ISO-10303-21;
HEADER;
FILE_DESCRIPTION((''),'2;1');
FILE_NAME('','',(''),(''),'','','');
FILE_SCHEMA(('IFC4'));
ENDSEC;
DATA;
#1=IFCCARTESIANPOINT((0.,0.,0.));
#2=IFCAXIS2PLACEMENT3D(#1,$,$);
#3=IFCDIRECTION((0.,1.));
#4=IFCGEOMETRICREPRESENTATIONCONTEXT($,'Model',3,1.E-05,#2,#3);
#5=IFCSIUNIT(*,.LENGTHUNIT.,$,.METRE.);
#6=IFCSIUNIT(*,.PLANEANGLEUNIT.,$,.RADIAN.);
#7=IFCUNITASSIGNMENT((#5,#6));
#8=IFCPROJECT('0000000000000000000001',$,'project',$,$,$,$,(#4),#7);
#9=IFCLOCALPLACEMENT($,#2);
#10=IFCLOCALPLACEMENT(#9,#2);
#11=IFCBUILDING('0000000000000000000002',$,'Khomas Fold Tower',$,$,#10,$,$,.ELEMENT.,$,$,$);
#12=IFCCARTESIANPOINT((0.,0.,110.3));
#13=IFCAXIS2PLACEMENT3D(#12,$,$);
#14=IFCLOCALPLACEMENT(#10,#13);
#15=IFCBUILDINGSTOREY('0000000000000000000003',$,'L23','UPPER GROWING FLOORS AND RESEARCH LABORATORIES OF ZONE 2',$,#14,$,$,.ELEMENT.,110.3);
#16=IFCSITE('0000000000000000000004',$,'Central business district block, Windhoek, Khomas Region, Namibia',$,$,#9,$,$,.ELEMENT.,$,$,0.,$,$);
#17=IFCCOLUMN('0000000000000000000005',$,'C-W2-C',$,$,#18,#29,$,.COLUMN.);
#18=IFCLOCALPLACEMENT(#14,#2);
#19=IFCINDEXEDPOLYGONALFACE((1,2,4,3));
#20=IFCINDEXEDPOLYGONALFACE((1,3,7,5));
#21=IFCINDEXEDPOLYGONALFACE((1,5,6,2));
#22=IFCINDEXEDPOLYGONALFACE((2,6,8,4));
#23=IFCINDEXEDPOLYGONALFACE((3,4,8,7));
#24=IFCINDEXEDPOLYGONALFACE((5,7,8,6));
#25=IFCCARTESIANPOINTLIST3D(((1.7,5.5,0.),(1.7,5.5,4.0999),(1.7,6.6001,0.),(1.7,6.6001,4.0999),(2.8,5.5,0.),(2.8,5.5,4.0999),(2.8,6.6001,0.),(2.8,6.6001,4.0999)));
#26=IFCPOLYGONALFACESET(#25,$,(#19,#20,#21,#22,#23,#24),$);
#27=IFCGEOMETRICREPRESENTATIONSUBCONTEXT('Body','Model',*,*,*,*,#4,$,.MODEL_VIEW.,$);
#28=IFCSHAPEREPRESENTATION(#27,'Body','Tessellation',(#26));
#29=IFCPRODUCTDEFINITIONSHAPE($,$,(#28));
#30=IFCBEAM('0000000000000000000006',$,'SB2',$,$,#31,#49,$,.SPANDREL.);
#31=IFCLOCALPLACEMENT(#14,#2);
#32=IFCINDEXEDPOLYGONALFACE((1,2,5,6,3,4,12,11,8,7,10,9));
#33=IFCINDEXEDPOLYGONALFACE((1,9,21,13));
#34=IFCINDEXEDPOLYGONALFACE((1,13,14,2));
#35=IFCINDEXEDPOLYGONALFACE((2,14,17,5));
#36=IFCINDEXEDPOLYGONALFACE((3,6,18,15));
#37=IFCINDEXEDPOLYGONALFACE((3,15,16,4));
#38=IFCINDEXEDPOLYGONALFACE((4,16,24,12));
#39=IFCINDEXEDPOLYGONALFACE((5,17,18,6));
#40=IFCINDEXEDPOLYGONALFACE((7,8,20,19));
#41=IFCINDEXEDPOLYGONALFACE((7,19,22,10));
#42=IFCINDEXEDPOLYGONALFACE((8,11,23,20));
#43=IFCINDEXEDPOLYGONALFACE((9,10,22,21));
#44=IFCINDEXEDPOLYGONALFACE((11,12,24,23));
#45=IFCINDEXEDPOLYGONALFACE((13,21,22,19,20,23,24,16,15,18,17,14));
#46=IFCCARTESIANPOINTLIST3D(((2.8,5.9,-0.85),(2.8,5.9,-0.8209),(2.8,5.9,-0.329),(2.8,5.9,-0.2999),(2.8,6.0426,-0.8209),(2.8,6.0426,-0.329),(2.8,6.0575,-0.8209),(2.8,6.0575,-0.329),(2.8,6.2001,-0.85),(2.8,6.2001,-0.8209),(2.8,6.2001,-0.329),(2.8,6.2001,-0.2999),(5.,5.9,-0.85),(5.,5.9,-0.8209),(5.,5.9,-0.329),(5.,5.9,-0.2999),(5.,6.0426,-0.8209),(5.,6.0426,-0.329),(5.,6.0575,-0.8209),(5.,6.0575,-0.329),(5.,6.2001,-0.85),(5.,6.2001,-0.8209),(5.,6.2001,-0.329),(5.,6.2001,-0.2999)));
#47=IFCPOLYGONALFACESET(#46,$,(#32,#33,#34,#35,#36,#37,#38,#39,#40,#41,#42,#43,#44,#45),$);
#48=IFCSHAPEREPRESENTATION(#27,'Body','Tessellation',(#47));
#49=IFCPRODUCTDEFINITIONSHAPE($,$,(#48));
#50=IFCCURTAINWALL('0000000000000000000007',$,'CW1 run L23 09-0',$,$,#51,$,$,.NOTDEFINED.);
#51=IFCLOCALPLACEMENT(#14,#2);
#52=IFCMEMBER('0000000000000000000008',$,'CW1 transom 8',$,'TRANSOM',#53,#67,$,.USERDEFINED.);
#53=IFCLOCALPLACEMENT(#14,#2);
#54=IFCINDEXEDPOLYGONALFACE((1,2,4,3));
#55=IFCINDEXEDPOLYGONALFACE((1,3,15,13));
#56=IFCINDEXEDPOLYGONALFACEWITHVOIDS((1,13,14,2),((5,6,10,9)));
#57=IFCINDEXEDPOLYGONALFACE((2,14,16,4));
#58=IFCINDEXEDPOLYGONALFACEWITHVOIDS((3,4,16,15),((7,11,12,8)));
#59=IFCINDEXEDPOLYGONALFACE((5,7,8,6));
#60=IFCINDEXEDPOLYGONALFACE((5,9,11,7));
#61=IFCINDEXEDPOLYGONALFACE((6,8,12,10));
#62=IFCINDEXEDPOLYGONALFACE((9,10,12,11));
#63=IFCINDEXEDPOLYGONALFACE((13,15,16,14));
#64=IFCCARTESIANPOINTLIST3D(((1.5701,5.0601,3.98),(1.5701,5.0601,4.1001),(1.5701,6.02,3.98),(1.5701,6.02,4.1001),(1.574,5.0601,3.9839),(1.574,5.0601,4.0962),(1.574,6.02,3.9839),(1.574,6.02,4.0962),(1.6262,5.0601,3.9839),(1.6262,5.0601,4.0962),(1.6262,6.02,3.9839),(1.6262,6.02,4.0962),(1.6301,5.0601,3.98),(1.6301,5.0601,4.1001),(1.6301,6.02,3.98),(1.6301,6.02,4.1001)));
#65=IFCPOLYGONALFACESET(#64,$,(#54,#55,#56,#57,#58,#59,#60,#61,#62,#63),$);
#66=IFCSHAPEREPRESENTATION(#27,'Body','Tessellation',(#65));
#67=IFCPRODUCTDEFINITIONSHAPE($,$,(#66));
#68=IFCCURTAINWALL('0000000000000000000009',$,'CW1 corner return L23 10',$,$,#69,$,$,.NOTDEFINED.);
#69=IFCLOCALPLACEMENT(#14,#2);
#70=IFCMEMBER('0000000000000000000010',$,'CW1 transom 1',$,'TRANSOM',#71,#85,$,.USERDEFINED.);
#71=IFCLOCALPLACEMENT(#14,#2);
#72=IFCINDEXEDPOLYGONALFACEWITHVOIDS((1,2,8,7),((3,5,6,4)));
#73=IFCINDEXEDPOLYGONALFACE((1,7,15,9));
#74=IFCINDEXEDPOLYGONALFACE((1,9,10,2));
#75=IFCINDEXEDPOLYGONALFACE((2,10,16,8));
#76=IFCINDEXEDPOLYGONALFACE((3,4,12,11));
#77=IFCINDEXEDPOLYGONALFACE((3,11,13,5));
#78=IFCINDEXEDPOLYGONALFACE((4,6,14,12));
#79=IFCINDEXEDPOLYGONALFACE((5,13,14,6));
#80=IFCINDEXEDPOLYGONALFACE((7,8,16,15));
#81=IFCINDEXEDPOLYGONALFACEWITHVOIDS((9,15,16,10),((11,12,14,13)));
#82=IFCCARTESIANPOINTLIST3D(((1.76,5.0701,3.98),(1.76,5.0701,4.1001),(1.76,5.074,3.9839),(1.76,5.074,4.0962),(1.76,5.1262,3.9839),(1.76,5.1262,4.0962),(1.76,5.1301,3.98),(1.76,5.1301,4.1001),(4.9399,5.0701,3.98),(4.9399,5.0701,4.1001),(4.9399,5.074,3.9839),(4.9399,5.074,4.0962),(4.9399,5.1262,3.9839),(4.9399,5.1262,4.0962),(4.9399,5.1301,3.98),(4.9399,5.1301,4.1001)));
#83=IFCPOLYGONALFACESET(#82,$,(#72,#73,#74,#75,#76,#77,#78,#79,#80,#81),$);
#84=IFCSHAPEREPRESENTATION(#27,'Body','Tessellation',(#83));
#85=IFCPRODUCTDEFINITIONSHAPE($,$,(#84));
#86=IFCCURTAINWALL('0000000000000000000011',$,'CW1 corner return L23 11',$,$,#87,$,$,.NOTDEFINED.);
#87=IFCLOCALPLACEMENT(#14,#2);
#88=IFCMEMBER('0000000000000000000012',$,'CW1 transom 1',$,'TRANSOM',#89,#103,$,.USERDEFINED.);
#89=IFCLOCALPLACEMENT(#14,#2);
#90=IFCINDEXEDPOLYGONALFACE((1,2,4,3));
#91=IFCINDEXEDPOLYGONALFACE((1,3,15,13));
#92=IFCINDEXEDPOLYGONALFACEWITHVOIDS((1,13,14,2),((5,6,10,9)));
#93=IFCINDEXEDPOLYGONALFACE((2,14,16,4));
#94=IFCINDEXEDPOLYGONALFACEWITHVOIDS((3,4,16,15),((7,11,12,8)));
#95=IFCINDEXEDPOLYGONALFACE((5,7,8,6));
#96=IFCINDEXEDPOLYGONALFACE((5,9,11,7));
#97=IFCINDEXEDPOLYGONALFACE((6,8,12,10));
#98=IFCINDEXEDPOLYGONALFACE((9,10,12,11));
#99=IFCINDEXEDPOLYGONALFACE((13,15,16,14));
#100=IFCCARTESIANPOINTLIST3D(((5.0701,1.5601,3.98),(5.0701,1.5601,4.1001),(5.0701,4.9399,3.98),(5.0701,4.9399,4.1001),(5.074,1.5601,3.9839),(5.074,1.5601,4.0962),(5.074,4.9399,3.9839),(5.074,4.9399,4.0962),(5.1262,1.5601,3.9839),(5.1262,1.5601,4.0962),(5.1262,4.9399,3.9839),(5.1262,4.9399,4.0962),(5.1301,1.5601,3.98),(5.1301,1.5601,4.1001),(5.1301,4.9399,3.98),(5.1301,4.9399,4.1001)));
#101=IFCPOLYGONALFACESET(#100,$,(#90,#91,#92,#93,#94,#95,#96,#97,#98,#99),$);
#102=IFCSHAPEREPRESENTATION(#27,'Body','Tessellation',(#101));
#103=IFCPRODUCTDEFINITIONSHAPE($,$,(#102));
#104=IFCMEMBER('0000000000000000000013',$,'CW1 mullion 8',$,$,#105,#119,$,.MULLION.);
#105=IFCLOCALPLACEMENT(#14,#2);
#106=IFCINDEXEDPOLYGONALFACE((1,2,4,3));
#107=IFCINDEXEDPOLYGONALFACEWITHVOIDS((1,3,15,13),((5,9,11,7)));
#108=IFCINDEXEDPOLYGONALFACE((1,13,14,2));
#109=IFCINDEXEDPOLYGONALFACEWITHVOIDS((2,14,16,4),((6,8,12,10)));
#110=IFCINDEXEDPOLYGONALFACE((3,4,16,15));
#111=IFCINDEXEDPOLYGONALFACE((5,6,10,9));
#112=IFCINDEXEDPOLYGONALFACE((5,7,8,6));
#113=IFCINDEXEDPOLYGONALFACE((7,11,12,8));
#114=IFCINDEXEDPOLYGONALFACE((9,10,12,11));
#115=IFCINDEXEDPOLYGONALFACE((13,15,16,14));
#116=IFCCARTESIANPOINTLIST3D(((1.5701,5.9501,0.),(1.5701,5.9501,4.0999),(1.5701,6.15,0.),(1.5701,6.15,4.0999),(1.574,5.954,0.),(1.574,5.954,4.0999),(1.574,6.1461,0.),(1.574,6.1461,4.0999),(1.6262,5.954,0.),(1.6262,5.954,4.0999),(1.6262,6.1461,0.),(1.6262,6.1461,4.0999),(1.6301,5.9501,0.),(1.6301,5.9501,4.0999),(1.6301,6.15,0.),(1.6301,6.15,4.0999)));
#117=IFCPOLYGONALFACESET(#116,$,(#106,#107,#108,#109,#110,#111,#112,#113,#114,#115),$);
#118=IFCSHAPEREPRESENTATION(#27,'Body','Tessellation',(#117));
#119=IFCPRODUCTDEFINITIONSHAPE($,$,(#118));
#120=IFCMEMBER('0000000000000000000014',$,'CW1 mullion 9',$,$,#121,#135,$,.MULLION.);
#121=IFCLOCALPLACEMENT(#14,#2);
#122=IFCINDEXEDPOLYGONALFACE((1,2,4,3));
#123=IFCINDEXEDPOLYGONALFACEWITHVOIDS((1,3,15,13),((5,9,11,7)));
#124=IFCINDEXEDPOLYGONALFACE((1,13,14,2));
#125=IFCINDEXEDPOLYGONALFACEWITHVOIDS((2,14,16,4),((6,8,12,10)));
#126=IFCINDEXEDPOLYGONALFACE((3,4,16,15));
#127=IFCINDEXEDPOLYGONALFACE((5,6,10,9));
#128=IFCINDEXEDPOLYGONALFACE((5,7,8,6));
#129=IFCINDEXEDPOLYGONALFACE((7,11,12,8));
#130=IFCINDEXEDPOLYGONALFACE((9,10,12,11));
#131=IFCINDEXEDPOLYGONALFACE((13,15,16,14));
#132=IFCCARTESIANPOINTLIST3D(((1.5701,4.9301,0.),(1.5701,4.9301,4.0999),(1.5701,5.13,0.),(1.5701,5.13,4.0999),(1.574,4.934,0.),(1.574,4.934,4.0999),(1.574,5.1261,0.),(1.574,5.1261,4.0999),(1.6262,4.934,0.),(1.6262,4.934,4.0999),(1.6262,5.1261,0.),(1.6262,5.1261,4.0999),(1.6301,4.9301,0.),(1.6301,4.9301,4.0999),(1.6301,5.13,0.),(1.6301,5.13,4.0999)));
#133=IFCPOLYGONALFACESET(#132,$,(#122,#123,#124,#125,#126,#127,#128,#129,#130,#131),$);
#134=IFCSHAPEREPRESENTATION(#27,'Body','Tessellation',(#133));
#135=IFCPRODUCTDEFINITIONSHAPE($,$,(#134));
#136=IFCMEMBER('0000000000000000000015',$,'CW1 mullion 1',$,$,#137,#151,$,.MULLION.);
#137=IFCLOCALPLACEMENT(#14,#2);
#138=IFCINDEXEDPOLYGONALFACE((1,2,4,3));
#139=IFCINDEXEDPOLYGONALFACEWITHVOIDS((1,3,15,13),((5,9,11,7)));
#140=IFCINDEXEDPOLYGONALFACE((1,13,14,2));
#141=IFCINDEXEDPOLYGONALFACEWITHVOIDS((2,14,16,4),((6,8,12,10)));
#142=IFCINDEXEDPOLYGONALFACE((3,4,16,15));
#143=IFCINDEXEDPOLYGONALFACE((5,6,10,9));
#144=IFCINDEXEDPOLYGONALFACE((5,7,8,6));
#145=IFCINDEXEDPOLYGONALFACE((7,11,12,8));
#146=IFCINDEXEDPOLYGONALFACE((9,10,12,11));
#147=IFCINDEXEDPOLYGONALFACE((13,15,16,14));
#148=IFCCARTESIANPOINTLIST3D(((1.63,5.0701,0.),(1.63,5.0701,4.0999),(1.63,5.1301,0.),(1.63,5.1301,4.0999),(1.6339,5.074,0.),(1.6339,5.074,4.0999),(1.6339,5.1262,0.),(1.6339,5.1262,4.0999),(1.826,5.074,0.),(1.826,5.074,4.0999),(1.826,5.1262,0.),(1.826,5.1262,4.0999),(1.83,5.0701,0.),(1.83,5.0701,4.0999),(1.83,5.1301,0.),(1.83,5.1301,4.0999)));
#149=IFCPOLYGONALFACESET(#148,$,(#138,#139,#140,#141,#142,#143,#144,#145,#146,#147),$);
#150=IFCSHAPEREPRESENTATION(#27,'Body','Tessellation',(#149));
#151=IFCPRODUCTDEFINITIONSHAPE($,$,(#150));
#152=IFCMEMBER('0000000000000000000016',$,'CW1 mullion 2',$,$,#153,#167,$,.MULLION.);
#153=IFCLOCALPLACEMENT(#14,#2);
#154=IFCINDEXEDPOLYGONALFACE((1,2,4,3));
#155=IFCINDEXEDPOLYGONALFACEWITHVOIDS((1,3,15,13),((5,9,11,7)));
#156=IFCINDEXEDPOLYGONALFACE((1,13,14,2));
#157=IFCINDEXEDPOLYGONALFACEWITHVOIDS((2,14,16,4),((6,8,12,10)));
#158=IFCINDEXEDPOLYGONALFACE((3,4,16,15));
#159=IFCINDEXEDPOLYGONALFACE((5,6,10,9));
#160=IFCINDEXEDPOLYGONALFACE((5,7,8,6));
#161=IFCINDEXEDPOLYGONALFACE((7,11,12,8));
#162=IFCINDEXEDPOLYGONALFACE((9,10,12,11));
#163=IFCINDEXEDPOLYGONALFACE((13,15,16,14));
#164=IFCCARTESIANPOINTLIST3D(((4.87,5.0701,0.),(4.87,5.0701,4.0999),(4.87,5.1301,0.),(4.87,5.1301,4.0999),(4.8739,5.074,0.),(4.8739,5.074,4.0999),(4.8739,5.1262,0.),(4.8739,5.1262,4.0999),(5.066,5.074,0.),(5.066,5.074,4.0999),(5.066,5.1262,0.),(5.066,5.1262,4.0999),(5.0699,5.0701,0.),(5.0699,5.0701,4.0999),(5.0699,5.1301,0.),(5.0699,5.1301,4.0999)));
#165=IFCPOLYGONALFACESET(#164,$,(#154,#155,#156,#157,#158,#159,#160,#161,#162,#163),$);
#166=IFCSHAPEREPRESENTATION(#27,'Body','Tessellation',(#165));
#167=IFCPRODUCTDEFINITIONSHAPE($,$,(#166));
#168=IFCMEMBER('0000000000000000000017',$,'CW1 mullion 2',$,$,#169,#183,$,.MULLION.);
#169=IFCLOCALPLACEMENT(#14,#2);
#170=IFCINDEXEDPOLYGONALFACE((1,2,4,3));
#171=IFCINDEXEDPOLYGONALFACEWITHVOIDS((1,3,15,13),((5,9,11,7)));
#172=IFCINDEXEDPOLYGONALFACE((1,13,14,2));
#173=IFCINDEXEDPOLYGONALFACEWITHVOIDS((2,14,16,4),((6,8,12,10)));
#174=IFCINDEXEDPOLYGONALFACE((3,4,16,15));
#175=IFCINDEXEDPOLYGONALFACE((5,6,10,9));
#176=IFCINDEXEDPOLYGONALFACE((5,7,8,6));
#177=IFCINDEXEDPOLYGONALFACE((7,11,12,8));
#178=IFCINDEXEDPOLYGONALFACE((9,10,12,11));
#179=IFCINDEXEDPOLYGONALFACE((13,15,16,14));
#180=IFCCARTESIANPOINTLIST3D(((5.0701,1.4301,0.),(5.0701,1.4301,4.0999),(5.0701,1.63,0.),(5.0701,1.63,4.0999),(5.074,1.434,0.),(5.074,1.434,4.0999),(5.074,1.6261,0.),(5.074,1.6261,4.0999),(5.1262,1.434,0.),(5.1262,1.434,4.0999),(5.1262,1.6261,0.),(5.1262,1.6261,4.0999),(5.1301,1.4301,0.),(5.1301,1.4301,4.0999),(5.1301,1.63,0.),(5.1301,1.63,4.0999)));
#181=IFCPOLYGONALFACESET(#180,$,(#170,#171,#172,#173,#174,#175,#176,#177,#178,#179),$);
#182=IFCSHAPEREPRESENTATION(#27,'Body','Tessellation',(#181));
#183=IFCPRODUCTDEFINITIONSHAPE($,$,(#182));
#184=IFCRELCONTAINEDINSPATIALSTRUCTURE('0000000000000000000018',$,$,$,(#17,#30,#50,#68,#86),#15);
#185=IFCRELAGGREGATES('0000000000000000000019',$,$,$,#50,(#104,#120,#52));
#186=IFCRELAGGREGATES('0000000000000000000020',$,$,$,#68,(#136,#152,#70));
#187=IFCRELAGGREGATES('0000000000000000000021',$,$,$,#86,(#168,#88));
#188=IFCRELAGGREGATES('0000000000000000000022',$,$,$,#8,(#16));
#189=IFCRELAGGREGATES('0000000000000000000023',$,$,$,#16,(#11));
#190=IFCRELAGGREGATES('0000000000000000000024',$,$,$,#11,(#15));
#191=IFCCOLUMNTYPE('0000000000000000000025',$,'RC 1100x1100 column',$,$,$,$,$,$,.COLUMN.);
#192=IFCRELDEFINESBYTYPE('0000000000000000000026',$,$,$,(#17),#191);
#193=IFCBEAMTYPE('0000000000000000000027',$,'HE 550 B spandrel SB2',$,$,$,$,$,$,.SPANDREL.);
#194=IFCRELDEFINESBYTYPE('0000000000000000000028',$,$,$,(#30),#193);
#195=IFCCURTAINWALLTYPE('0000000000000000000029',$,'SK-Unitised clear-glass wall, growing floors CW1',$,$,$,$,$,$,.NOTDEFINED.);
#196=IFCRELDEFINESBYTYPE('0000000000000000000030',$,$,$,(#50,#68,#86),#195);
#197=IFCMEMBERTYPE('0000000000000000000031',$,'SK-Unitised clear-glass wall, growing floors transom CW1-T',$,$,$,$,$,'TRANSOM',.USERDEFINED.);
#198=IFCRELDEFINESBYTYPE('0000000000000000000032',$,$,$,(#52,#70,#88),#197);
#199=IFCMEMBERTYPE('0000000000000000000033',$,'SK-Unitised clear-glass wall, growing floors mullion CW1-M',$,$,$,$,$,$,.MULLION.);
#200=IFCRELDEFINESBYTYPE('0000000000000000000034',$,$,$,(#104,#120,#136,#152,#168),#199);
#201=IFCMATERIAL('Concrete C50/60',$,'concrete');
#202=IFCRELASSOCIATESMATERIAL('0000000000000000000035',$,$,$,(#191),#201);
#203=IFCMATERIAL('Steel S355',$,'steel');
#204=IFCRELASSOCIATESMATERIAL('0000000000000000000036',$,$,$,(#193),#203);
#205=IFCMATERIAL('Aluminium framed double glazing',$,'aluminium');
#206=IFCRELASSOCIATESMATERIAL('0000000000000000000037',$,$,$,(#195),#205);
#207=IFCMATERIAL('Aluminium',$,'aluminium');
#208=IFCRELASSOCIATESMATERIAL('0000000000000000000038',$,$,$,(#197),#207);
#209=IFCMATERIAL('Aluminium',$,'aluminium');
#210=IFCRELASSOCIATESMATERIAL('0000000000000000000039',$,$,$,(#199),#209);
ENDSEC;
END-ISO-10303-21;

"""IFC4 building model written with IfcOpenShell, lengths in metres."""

from ifc_helpers import new_model, si_unit, direction, frame, origin, origin_2d, place, context, subcontext, project, spatial, rectangle, hollow_rectangle, i_section, extrude, source, transform, mapped, material, material_profile, profile_set, type_object, element, aggregate, save


model = new_model("IFC4")

# Units and contexts
model_context = context("Model", 3, precision=1e-05, world=origin(), true_north=direction((0.0, 1.0)))
body_context = subcontext(model_context, "Body", "Model", "MODEL_VIEW")
ifc_project = project(units=[si_unit("LENGTHUNIT", "METRE"), si_unit("PLANEANGLEUNIT", "RADIAN")], contexts=[model_context])

# Site, building, storey
site_placement = place(None, origin())
site = spatial("IfcSite", under=ifc_project, at=site_placement, Name="Central business district block, Windhoek, Khomas Region, Namibia", CompositionType="ELEMENT", RefElevation=0.0)
building_placement = place(site_placement, origin())
building = spatial("IfcBuilding", under=site, at=building_placement, Name="Khomas Fold Tower", CompositionType="ELEMENT")
storey_placement = place(building_placement, frame((0.0, 0.0, 110.3)))
storey = spatial("IfcBuildingStorey", under=building, at=storey_placement, Name="L23", Description="UPPER GROWING FLOORS AND RESEARCH LABORATORIES OF ZONE 2", CompositionType="ELEMENT", Elevation=110.3)

# Column
ifc_material_1 = material(Name="Concrete C50/60", Category="concrete")
ifc_material_profile_1 = material_profile(ifc_material_1, rectangle(XDim=1.1001, YDim=1.1001, at=origin_2d()), Name="RC 1100x1100")
ifc_profile_set_1 = profile_set([ifc_material_profile_1], Name="Concrete C50/60")
column_type = type_object("IfcColumnType", Name="RC 1100x1100 column", PredefinedType="COLUMN", material=ifc_profile_set_1)
shared_shape_1 = source(origin(), body_context, "Body", "SweptSolid", [
    extrude(rectangle(XDim=1.1001, YDim=1.1001, at=origin_2d()), origin(), (0.0, 0.0, 1.0), 4.0999),
])
column_placement = place(storey_placement, frame((2.25, 6.05, 0.0), z_axis=(0.0, 0.0, 1.0), x_axis=(1.0, 0.0, 0.0)))
element("IfcColumn", 1, at=column_placement, inside=storey, type_object=column_type, Name="C-W2-C", PredefinedType="COLUMN", context=body_context, shape_type="MappedRepresentation", body=[
    mapped(shared_shape_1, transform((0.0, 0.0, 0.0))),
])

# Beam
ifc_material_2 = material(Name="Steel S355", Category="steel")
ifc_material_profile_2 = material_profile(ifc_material_2, i_section(OverallWidth=0.3, OverallDepth=0.55, WebThickness=0.0149, FlangeThickness=0.0291, at=origin_2d()), Name="HE 550 B")
ifc_profile_set_2 = profile_set([ifc_material_profile_2], Name="Steel S355")
beam_type = type_object("IfcBeamType", Name="HE 550 B spandrel SB2", PredefinedType="SPANDREL", material=ifc_profile_set_2)
shared_shape_2 = source(origin(), body_context, "Body", "SweptSolid", [
    extrude(i_section(OverallWidth=0.3, OverallDepth=0.55, WebThickness=0.0149, FlangeThickness=0.0291, at=origin_2d()), origin(), (0.0, 0.0, 1.0), 2.2),
])
beam_placement = place(storey_placement, frame((2.8, 6.05, -0.575), z_axis=(1.0, 0.0, 0.0), x_axis=(0.0, 1.0, 0.0)))
element("IfcBeam", 2, at=beam_placement, inside=storey, type_object=beam_type, Name="SB2", PredefinedType="SPANDREL", context=body_context, shape_type="MappedRepresentation", body=[
    mapped(shared_shape_2, transform((0.0, 0.0, 0.0))),
])

# Curtain walls, members
ifc_material_3 = material(Name="Aluminium framed double glazing", Category="aluminium")
curtain_wall_type = type_object("IfcCurtainWallType", Name="SK-Unitised clear-glass wall, growing floors CW1", PredefinedType="NOTDEFINED", material=ifc_material_3)
curtain_wall_1_placement = place(storey_placement, origin())
curtain_wall_1 = element("IfcCurtainWall", 3, at=curtain_wall_1_placement, inside=storey, type_object=curtain_wall_type, Name="CW1 run L23 09-0", PredefinedType="NOTDEFINED")
ifc_material_4 = material(Name="Aluminium", Category="aluminium")
ifc_material_profile_3 = material_profile(ifc_material_4, hollow_rectangle(XDim=0.0601, YDim=0.1201, WallThickness=0.0039, at=origin_2d()), Name="SK-Unitised clear-glass wall, growing floors transom CW1-T")
ifc_profile_set_3 = profile_set([ifc_material_profile_3], Name="Aluminium")
member_type_1 = type_object("IfcMemberType", Name="SK-Unitised clear-glass wall, growing floors transom CW1-T", ElementType="TRANSOM", PredefinedType="USERDEFINED", material=ifc_profile_set_3)
shared_shape_3 = source(origin(), body_context, "Body", "SweptSolid", [
    extrude(hollow_rectangle(XDim=0.0601, YDim=0.1201, WallThickness=0.0039, at=origin_2d()), origin(), (0.0, 0.0, 1.0), 0.96),
])
member_1_placement = place(storey_placement, frame((1.6001, 6.02, 4.04), z_axis=(0.0, -1.0, 0.0), x_axis=(1.0, 0.0, 0.0)))
member_1 = element("IfcMember", 4, at=member_1_placement, type_object=member_type_1, Name="CW1 transom 8", ObjectType="TRANSOM", PredefinedType="USERDEFINED", context=body_context, shape_type="MappedRepresentation", body=[
    mapped(shared_shape_3, transform((0.0, 0.0, 0.0))),
])
curtain_wall_2_placement = place(storey_placement, origin())
curtain_wall_2 = element("IfcCurtainWall", 5, at=curtain_wall_2_placement, inside=storey, type_object=curtain_wall_type, Name="CW1 corner return L23 10", PredefinedType="NOTDEFINED")
shared_shape_4 = source(origin(), body_context, "Body", "SweptSolid", [
    extrude(hollow_rectangle(XDim=0.0601, YDim=0.1201, WallThickness=0.0039, at=origin_2d()), origin(), (0.0, 0.0, 1.0), 3.1799),
])
member_2_placement = place(storey_placement, frame((1.76, 5.1001, 4.04), z_axis=(1.0, 0.0, 0.0), x_axis=(0.0, 1.0, 0.0)))
member_2 = element("IfcMember", 6, at=member_2_placement, type_object=member_type_1, Name="CW1 transom 1", ObjectType="TRANSOM", PredefinedType="USERDEFINED", context=body_context, shape_type="MappedRepresentation", body=[
    mapped(shared_shape_4, transform((0.0, 0.0, 0.0))),
])
curtain_wall_3_placement = place(storey_placement, origin())
curtain_wall_3 = element("IfcCurtainWall", 7, at=curtain_wall_3_placement, inside=storey, type_object=curtain_wall_type, Name="CW1 corner return L23 11", PredefinedType="NOTDEFINED")
shared_shape_5 = source(origin(), body_context, "Body", "SweptSolid", [
    extrude(hollow_rectangle(XDim=0.0601, YDim=0.1201, WallThickness=0.0039, at=origin_2d()), origin(), (0.0, 0.0, 1.0), 3.3799),
])
member_3_placement = place(storey_placement, frame((5.1001, 4.9399, 4.04), z_axis=(0.0, -1.0, 0.0), x_axis=(1.0, 0.0, 0.0)))
member_3 = element("IfcMember", 8, at=member_3_placement, type_object=member_type_1, Name="CW1 transom 1", ObjectType="TRANSOM", PredefinedType="USERDEFINED", context=body_context, shape_type="MappedRepresentation", body=[
    mapped(shared_shape_5, transform((0.0, 0.0, 0.0))),
])

# Members
ifc_material_5 = material(Name="Aluminium", Category="aluminium")
ifc_material_profile_4 = material_profile(ifc_material_5, hollow_rectangle(XDim=0.0601, YDim=0.2, WallThickness=0.0039, at=origin_2d()), Name="SK-Unitised clear-glass wall, growing floors mullion CW1-M")
ifc_profile_set_4 = profile_set([ifc_material_profile_4], Name="Aluminium")
member_type_2 = type_object("IfcMemberType", Name="SK-Unitised clear-glass wall, growing floors mullion CW1-M", PredefinedType="MULLION", material=ifc_profile_set_4)
shared_shape_6 = source(origin(), body_context, "Body", "SweptSolid", [
    extrude(hollow_rectangle(XDim=0.0601, YDim=0.2, WallThickness=0.0039, at=origin_2d()), origin(), (0.0, 0.0, 1.0), 4.0999),
])
member_4_placement = place(storey_placement, frame((1.6001, 6.05, 0.0), z_axis=(0.0, 0.0, 1.0), x_axis=(1.0, 0.0, 0.0)))
member_4 = element("IfcMember", 9, at=member_4_placement, type_object=member_type_2, Name="CW1 mullion 8", PredefinedType="MULLION", context=body_context, shape_type="MappedRepresentation", body=[
    mapped(shared_shape_6, transform((0.0, 0.0, 0.0))),
])
member_5_placement = place(storey_placement, frame((1.6001, 5.03, 0.0), z_axis=(0.0, 0.0, 1.0), x_axis=(1.0, 0.0, 0.0)))
member_5 = element("IfcMember", 10, at=member_5_placement, type_object=member_type_2, Name="CW1 mullion 9", PredefinedType="MULLION", context=body_context, shape_type="MappedRepresentation", body=[
    mapped(shared_shape_6, transform((0.0, 0.0, 0.0))),
])
member_6_placement = place(storey_placement, frame((1.73, 5.1001, 0.0), z_axis=(0.0, 0.0, 1.0), x_axis=(0.0, 1.0, 0.0)))
member_6 = element("IfcMember", 11, at=member_6_placement, type_object=member_type_2, Name="CW1 mullion 1", PredefinedType="MULLION", context=body_context, shape_type="MappedRepresentation", body=[
    mapped(shared_shape_6, transform((0.0, 0.0, 0.0))),
])
member_7_placement = place(storey_placement, frame((4.97, 5.1001, 0.0), z_axis=(0.0, 0.0, 1.0), x_axis=(0.0, 1.0, 0.0)))
member_7 = element("IfcMember", 12, at=member_7_placement, type_object=member_type_2, Name="CW1 mullion 2", PredefinedType="MULLION", context=body_context, shape_type="MappedRepresentation", body=[
    mapped(shared_shape_6, transform((0.0, 0.0, 0.0))),
])
member_8_placement = place(storey_placement, frame((5.1001, 1.53, 0.0), z_axis=(0.0, 0.0, 1.0), x_axis=(1.0, 0.0, 0.0)))
member_8 = element("IfcMember", 13, at=member_8_placement, type_object=member_type_2, Name="CW1 mullion 2", PredefinedType="MULLION", context=body_context, shape_type="MappedRepresentation", body=[
    mapped(shared_shape_6, transform((0.0, 0.0, 0.0))),
])

aggregate(curtain_wall_1, [member_4, member_5, member_1])
aggregate(curtain_wall_2, [member_6, member_7, member_2])
aggregate(curtain_wall_3, [member_8, member_3])

save(model, "model.ifc")
